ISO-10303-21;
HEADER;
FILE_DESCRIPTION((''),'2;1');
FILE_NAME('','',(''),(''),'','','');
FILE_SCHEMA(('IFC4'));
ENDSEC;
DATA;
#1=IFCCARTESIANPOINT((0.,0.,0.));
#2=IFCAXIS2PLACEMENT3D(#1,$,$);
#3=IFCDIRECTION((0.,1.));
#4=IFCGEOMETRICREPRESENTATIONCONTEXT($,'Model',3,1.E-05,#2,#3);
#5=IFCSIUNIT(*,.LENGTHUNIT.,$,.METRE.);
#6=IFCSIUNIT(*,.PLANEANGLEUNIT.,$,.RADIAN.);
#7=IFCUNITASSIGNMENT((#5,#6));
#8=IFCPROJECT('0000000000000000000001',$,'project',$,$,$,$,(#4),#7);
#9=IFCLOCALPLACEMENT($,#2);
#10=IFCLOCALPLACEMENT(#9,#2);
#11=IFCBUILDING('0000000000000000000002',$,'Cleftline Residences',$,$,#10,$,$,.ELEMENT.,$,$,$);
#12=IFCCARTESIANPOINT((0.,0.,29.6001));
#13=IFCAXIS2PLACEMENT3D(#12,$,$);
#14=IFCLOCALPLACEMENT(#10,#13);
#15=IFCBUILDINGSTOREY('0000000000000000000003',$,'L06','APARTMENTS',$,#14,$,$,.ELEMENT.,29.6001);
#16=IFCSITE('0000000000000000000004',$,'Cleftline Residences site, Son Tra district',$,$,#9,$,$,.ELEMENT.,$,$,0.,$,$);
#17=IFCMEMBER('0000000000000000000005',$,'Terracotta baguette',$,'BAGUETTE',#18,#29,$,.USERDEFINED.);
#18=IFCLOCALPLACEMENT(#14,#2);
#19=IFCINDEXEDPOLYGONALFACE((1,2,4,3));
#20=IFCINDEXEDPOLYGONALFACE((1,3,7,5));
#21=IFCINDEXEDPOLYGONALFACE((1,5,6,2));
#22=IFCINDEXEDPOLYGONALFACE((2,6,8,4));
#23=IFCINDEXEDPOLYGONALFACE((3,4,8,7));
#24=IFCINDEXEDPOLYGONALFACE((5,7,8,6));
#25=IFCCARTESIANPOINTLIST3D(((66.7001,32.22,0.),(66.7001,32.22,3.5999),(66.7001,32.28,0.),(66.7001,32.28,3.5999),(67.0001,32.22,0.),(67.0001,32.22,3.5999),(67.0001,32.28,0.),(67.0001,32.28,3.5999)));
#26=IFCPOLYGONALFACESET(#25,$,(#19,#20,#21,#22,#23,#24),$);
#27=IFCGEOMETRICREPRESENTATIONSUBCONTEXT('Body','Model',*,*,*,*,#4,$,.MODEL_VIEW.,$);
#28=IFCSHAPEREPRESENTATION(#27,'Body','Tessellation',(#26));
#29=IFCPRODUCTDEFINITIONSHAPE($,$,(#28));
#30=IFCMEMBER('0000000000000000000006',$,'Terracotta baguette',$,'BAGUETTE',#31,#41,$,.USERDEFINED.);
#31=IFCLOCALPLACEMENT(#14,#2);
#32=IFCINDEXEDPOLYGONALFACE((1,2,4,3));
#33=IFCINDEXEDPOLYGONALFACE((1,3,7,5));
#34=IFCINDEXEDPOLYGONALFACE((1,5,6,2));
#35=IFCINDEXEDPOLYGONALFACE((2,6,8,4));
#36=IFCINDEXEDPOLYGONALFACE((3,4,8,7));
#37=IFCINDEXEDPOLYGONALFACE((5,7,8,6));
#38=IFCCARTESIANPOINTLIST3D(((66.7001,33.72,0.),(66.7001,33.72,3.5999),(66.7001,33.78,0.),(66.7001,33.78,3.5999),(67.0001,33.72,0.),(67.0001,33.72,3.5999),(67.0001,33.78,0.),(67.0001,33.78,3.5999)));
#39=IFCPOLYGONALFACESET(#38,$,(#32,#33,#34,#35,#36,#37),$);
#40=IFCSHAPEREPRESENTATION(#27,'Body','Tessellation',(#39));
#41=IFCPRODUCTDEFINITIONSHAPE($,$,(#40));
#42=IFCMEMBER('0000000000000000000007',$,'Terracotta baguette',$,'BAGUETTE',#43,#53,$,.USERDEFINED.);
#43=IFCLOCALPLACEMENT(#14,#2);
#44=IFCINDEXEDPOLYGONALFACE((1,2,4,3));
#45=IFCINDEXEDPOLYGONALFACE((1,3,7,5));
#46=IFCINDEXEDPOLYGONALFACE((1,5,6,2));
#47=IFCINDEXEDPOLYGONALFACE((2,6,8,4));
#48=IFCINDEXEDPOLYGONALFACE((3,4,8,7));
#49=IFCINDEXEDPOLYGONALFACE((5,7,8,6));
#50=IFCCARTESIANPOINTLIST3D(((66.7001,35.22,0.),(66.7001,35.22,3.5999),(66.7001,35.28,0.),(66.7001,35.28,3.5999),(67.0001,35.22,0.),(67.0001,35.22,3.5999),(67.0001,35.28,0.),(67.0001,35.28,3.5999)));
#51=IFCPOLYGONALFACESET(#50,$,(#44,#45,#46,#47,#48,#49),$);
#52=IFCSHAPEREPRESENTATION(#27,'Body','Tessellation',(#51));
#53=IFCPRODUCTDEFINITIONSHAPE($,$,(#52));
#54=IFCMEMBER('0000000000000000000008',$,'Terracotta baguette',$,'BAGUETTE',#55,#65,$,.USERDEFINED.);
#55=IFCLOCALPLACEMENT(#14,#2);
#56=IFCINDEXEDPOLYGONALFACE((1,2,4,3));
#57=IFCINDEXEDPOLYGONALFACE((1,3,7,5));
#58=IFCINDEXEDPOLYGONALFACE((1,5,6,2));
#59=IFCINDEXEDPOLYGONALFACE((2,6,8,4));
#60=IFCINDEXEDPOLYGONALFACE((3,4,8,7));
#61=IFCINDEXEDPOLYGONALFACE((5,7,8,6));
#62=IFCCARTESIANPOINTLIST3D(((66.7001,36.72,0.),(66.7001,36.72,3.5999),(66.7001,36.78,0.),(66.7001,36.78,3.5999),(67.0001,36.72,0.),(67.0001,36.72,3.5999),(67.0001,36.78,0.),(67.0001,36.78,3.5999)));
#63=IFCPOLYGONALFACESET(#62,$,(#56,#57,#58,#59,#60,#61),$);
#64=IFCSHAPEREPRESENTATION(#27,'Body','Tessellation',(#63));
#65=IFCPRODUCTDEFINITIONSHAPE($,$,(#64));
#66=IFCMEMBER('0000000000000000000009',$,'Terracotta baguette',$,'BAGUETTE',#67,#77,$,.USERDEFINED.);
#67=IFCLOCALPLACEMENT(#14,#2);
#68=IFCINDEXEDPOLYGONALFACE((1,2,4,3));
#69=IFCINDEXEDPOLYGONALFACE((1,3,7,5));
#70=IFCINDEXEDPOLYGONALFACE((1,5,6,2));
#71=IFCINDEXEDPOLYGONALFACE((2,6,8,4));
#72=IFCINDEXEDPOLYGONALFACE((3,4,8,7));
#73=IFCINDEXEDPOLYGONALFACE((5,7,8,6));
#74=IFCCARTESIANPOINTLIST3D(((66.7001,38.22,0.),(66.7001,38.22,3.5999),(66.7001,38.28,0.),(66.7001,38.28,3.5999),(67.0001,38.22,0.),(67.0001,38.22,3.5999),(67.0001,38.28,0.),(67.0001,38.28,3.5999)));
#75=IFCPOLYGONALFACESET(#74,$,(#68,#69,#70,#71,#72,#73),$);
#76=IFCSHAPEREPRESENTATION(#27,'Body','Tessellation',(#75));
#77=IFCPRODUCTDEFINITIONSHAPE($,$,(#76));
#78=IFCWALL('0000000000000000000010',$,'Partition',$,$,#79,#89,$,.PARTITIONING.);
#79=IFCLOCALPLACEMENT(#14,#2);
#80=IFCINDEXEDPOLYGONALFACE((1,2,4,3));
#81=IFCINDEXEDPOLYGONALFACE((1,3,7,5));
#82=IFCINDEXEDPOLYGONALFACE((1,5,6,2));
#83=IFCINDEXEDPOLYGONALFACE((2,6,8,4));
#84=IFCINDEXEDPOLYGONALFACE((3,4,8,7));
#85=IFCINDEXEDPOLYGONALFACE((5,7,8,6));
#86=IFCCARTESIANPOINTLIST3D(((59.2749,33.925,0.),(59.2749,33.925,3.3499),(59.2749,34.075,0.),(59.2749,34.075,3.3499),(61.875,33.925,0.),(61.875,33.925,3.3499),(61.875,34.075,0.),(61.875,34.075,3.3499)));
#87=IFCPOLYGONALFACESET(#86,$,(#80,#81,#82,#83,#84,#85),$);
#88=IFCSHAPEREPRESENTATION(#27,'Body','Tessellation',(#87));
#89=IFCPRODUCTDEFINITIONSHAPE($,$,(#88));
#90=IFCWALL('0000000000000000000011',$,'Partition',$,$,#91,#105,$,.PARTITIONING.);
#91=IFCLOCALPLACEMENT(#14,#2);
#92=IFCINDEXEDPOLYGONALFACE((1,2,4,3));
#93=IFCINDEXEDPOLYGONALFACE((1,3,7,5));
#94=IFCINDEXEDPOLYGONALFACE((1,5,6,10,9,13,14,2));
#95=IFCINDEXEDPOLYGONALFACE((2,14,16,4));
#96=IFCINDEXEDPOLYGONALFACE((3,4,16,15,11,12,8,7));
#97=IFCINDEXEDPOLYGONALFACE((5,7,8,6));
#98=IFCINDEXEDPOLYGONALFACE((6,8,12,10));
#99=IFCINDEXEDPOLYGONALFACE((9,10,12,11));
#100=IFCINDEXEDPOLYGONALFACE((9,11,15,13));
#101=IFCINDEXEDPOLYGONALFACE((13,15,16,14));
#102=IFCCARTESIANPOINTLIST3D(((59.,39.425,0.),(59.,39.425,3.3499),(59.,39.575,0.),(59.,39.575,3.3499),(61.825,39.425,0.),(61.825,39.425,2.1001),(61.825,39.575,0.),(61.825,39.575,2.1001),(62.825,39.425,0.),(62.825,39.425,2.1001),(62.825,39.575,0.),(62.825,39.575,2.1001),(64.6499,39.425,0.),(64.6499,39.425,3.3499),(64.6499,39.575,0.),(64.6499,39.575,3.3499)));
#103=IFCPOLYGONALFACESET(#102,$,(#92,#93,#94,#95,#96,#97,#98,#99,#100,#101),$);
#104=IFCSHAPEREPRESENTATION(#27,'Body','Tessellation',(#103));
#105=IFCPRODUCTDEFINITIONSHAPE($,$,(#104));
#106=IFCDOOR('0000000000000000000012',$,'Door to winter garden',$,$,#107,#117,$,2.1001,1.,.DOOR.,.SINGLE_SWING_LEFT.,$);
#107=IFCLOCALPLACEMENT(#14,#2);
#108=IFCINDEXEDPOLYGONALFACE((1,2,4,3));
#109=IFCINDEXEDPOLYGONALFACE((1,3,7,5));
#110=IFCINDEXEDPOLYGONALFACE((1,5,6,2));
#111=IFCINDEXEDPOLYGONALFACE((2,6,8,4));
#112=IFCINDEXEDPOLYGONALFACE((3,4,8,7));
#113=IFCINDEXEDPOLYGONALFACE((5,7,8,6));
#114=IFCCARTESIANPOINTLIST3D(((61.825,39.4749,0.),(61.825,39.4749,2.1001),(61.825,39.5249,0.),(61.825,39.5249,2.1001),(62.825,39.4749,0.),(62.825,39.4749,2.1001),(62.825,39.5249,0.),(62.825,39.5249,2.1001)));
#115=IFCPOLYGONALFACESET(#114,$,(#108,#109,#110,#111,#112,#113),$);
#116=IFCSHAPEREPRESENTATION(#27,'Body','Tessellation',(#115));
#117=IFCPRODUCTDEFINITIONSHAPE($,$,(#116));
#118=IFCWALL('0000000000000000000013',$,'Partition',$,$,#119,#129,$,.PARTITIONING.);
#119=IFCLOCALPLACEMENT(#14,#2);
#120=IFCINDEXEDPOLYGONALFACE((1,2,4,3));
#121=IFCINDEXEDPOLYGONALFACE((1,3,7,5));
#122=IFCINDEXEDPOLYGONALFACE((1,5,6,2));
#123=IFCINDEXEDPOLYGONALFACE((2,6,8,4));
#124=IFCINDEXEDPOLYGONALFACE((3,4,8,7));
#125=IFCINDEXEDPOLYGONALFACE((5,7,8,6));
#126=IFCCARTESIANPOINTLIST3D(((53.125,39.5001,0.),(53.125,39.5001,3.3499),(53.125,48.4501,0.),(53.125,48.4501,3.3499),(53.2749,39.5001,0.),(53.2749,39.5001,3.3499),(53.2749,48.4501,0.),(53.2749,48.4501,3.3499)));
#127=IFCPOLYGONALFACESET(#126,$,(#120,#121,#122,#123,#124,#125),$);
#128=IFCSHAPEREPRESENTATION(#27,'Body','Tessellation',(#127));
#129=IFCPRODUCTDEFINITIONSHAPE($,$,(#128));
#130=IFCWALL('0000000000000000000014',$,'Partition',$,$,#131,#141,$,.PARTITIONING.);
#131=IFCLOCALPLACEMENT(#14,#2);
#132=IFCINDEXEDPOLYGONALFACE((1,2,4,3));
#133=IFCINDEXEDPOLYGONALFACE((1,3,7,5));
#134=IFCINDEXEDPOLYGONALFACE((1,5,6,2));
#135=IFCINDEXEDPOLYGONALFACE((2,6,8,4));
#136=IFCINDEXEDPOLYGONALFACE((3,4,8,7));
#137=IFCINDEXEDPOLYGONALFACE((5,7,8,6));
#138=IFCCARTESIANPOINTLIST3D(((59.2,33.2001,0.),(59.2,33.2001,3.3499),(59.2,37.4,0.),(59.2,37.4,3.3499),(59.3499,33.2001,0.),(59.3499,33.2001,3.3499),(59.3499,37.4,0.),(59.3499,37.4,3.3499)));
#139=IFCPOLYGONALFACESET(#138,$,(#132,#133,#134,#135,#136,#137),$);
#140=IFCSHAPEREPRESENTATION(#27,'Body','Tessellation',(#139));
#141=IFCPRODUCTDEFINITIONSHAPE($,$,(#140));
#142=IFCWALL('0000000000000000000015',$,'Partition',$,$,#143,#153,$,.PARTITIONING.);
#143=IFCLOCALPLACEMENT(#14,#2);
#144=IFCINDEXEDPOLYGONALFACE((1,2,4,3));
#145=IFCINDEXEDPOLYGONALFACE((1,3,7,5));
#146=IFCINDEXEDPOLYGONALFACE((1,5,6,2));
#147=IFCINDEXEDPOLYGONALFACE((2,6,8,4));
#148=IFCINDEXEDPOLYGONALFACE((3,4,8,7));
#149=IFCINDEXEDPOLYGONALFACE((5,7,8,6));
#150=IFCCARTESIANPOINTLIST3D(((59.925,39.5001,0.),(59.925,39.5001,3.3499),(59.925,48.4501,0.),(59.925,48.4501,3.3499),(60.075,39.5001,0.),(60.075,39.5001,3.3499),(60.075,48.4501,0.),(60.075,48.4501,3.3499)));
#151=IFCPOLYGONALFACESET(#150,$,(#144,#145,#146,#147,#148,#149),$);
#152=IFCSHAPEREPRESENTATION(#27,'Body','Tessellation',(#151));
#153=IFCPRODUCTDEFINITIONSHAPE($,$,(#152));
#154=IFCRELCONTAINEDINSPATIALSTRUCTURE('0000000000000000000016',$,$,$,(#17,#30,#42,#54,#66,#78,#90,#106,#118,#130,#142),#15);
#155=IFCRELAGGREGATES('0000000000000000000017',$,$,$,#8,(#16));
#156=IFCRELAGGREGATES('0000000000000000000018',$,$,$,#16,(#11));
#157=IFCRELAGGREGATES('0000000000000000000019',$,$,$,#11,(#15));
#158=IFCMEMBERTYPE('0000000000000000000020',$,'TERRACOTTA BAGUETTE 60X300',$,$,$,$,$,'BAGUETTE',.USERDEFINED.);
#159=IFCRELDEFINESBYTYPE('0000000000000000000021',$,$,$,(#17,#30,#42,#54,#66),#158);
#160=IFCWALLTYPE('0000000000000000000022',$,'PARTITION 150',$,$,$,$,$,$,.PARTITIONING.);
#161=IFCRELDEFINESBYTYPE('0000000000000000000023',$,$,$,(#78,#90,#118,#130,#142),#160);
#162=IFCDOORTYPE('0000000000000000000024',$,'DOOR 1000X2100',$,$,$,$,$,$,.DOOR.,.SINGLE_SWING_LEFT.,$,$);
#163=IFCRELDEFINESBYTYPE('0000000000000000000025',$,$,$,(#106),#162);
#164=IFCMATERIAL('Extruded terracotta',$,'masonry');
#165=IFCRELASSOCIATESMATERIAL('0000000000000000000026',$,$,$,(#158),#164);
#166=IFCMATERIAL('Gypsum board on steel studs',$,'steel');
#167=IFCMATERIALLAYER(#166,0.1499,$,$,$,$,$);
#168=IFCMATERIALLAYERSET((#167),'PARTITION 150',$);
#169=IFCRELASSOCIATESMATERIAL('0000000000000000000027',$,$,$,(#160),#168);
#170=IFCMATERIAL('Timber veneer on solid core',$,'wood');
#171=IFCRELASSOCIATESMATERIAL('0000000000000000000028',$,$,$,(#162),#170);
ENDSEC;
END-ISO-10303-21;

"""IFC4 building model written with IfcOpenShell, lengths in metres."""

from ifc_helpers import new_model, si_unit, direction, frame, frame_2d, origin, origin_2d, place, context, subcontext, project, spatial, rectangle, extrude, material, layer, layer_set, material_profile, profile_set, type_object, element, fill, save


model = new_model("IFC4")

# Units and contexts
model_context = context("Model", 3, precision=1e-05, world=origin(), true_north=direction((0.0, 1.0)))
body_context = subcontext(model_context, "Body", "Model", "MODEL_VIEW")
ifc_project = project(units=[si_unit("LENGTHUNIT", "METRE"), si_unit("PLANEANGLEUNIT", "RADIAN")], contexts=[model_context])

# Site, building, storey
site_placement = place(None, origin())
site = spatial("IfcSite", under=ifc_project, at=site_placement, Name="Cleftline Residences site, Son Tra district", CompositionType="ELEMENT", RefElevation=0.0)
building_placement = place(site_placement, origin())
building = spatial("IfcBuilding", under=site, at=building_placement, Name="Cleftline Residences", CompositionType="ELEMENT")
storey_placement = place(building_placement, frame((0.0, 0.0, 29.6001)))
storey = spatial("IfcBuildingStorey", under=building, at=storey_placement, Name="L06", Description="APARTMENTS", CompositionType="ELEMENT", Elevation=29.6001)

# Members
ifc_material_1 = material(Name="Extruded terracotta", Category="masonry")
ifc_material_profile_1 = material_profile(ifc_material_1, rectangle(XDim=0.0601, YDim=0.3, at=origin_2d()))
ifc_profile_set_1 = profile_set([ifc_material_profile_1], Name="Extruded terracotta")
member_type_1 = type_object("IfcMemberType", Name="TERRACOTTA BAGUETTE 60X300", ElementType="BAGUETTE", PredefinedType="USERDEFINED", material=ifc_profile_set_1)
for number, where, z_axis, x_axis, name in (
    (1, (66.8501, 32.25, 0.0), (0.0, 0.0, 1.0), (0.0, 1.0, 0.0), "Terracotta baguette"),
    (2, (66.8501, 33.75, 0.0), (0.0, 0.0, 1.0), (0.0, 1.0, 0.0), "Terracotta baguette"),
    (3, (66.8501, 35.25, 0.0), (0.0, 0.0, 1.0), (0.0, 1.0, 0.0), "Terracotta baguette"),
    (4, (66.8501, 36.75, 0.0), (0.0, 0.0, 1.0), (0.0, 1.0, 0.0), "Terracotta baguette"),
    (5, (66.8501, 38.25, 0.0), (0.0, 0.0, 1.0), (0.0, 1.0, 0.0), "Terracotta baguette"),
):
    element("IfcMember", number, at=place(storey_placement, frame(where, z_axis=z_axis, x_axis=x_axis)), inside=storey, type_object=member_type_1, Name=name, ObjectType="BAGUETTE", PredefinedType="USERDEFINED", context=body_context, shape_type="SweptSolid", body=[
        extrude(rectangle(XDim=0.0601, YDim=0.3, at=origin_2d()), origin(), (0.0, 0.0, 1.0), 3.5999),
    ])

# Wall
ifc_material_2 = material(Name="Gypsum board on steel studs", Category="steel")
ifc_layer = layer(ifc_material_2, 0.1499)
ifc_layer_set = layer_set([ifc_layer], Name="PARTITION 150")
wall_type = type_object("IfcWallType", Name="PARTITION 150", PredefinedType="PARTITIONING", material=ifc_layer_set)
wall_1_placement = place(storey_placement, frame((59.2749, 34.0, 0.0), z_axis=(0.0, 0.0, 1.0), x_axis=(1.0, 0.0, 0.0)))
element("IfcWall", 6, at=wall_1_placement, inside=storey, type_object=wall_type, Name="Partition", PredefinedType="PARTITIONING", context=body_context, shape_type="SweptSolid", body=[
    extrude(rectangle(XDim=2.6001, YDim=0.1499, at=frame_2d((1.3, 0.0))), origin(), (0.0, 0.0, 1.0), 3.3499),
])

# Wall, opening, door
wall_2_placement = place(storey_placement, frame((59.0, 39.5, 0.0), z_axis=(0.0, 0.0, 1.0), x_axis=(1.0, 0.0, 0.0)))
wall_2 = element("IfcWall", 7, at=wall_2_placement, inside=storey, type_object=wall_type, Name="Partition", PredefinedType="PARTITIONING", context=body_context, shape_type="SweptSolid", body=[
    extrude(rectangle(XDim=5.6499, YDim=0.1499, at=frame_2d((2.825, 0.0))), origin(), (0.0, 0.0, 1.0), 3.3499),
])
opening_placement = place(wall_2_placement, frame((2.825, 0.0, 0.0)))
opening = element("IfcOpeningElement", 8, at=opening_placement, cuts=wall_2, PredefinedType="OPENING", context=body_context, shape_type="SweptSolid", body=[
    extrude(rectangle(XDim=1.0, YDim=2.1001, at=frame_2d((0.5, 1.05))), frame((0.0, 0.085, 0.0), z_axis=(0.0, -1.0, 0.0), x_axis=(1.0, 0.0, 0.0)), (0.0, 0.0, 1.0), 0.1699),
])
ifc_material_3 = material(Name="Timber veneer on solid core", Category="wood")
door_type = type_object("IfcDoorType", Name="DOOR 1000X2100", OperationType="SINGLE_SWING_LEFT", PredefinedType="DOOR", material=ifc_material_3)
door_placement = place(opening_placement, origin())
door = element("IfcDoor", 9, at=door_placement, inside=storey, type_object=door_type, Name="Door to winter garden", OperationType="SINGLE_SWING_LEFT", OverallHeight=2.1001, OverallWidth=1.0, PredefinedType="DOOR", context=body_context, shape_type="SweptSolid", body=[
    extrude(rectangle(XDim=1.0, YDim=2.1001, at=frame_2d((0.5, 1.05))), frame((0.0, 0.0249, 0.0), z_axis=(0.0, -1.0, 0.0), x_axis=(1.0, 0.0, 0.0)), (0.0, 0.0, 1.0), 0.05),
])
fill(opening, door)

# Walls
wall_3_placement = place(storey_placement, frame((53.2, 39.5, 0.0), z_axis=(0.0, 0.0, 1.0), x_axis=(0.0, 1.0, 0.0)))
element("IfcWall", 10, at=wall_3_placement, inside=storey, type_object=wall_type, Name="Partition", PredefinedType="PARTITIONING", context=body_context, shape_type="SweptSolid", body=[
    extrude(rectangle(XDim=8.95, YDim=0.1499, at=frame_2d((4.4751, 0.0))), origin(), (0.0, 0.0, 1.0), 3.3499),
])
wall_4_placement = place(storey_placement, frame((59.2749, 33.2, 0.0), z_axis=(0.0, 0.0, 1.0), x_axis=(0.0, 1.0, 0.0)))
element("IfcWall", 11, at=wall_4_placement, inside=storey, type_object=wall_type, Name="Partition", PredefinedType="PARTITIONING", context=body_context, shape_type="SweptSolid", body=[
    extrude(rectangle(XDim=4.2, YDim=0.1499, at=frame_2d((2.1001, 0.0))), origin(), (0.0, 0.0, 1.0), 3.3499),
])
wall_5_placement = place(storey_placement, frame((60.0, 39.5, 0.0), z_axis=(0.0, 0.0, 1.0), x_axis=(0.0, 1.0, 0.0)))
element("IfcWall", 12, at=wall_5_placement, inside=storey, type_object=wall_type, Name="Partition", PredefinedType="PARTITIONING", context=body_context, shape_type="SweptSolid", body=[
    extrude(rectangle(XDim=8.95, YDim=0.1499, at=frame_2d((4.4751, 0.0))), origin(), (0.0, 0.0, 1.0), 3.3499),
])

save(model, "model.ifc")
